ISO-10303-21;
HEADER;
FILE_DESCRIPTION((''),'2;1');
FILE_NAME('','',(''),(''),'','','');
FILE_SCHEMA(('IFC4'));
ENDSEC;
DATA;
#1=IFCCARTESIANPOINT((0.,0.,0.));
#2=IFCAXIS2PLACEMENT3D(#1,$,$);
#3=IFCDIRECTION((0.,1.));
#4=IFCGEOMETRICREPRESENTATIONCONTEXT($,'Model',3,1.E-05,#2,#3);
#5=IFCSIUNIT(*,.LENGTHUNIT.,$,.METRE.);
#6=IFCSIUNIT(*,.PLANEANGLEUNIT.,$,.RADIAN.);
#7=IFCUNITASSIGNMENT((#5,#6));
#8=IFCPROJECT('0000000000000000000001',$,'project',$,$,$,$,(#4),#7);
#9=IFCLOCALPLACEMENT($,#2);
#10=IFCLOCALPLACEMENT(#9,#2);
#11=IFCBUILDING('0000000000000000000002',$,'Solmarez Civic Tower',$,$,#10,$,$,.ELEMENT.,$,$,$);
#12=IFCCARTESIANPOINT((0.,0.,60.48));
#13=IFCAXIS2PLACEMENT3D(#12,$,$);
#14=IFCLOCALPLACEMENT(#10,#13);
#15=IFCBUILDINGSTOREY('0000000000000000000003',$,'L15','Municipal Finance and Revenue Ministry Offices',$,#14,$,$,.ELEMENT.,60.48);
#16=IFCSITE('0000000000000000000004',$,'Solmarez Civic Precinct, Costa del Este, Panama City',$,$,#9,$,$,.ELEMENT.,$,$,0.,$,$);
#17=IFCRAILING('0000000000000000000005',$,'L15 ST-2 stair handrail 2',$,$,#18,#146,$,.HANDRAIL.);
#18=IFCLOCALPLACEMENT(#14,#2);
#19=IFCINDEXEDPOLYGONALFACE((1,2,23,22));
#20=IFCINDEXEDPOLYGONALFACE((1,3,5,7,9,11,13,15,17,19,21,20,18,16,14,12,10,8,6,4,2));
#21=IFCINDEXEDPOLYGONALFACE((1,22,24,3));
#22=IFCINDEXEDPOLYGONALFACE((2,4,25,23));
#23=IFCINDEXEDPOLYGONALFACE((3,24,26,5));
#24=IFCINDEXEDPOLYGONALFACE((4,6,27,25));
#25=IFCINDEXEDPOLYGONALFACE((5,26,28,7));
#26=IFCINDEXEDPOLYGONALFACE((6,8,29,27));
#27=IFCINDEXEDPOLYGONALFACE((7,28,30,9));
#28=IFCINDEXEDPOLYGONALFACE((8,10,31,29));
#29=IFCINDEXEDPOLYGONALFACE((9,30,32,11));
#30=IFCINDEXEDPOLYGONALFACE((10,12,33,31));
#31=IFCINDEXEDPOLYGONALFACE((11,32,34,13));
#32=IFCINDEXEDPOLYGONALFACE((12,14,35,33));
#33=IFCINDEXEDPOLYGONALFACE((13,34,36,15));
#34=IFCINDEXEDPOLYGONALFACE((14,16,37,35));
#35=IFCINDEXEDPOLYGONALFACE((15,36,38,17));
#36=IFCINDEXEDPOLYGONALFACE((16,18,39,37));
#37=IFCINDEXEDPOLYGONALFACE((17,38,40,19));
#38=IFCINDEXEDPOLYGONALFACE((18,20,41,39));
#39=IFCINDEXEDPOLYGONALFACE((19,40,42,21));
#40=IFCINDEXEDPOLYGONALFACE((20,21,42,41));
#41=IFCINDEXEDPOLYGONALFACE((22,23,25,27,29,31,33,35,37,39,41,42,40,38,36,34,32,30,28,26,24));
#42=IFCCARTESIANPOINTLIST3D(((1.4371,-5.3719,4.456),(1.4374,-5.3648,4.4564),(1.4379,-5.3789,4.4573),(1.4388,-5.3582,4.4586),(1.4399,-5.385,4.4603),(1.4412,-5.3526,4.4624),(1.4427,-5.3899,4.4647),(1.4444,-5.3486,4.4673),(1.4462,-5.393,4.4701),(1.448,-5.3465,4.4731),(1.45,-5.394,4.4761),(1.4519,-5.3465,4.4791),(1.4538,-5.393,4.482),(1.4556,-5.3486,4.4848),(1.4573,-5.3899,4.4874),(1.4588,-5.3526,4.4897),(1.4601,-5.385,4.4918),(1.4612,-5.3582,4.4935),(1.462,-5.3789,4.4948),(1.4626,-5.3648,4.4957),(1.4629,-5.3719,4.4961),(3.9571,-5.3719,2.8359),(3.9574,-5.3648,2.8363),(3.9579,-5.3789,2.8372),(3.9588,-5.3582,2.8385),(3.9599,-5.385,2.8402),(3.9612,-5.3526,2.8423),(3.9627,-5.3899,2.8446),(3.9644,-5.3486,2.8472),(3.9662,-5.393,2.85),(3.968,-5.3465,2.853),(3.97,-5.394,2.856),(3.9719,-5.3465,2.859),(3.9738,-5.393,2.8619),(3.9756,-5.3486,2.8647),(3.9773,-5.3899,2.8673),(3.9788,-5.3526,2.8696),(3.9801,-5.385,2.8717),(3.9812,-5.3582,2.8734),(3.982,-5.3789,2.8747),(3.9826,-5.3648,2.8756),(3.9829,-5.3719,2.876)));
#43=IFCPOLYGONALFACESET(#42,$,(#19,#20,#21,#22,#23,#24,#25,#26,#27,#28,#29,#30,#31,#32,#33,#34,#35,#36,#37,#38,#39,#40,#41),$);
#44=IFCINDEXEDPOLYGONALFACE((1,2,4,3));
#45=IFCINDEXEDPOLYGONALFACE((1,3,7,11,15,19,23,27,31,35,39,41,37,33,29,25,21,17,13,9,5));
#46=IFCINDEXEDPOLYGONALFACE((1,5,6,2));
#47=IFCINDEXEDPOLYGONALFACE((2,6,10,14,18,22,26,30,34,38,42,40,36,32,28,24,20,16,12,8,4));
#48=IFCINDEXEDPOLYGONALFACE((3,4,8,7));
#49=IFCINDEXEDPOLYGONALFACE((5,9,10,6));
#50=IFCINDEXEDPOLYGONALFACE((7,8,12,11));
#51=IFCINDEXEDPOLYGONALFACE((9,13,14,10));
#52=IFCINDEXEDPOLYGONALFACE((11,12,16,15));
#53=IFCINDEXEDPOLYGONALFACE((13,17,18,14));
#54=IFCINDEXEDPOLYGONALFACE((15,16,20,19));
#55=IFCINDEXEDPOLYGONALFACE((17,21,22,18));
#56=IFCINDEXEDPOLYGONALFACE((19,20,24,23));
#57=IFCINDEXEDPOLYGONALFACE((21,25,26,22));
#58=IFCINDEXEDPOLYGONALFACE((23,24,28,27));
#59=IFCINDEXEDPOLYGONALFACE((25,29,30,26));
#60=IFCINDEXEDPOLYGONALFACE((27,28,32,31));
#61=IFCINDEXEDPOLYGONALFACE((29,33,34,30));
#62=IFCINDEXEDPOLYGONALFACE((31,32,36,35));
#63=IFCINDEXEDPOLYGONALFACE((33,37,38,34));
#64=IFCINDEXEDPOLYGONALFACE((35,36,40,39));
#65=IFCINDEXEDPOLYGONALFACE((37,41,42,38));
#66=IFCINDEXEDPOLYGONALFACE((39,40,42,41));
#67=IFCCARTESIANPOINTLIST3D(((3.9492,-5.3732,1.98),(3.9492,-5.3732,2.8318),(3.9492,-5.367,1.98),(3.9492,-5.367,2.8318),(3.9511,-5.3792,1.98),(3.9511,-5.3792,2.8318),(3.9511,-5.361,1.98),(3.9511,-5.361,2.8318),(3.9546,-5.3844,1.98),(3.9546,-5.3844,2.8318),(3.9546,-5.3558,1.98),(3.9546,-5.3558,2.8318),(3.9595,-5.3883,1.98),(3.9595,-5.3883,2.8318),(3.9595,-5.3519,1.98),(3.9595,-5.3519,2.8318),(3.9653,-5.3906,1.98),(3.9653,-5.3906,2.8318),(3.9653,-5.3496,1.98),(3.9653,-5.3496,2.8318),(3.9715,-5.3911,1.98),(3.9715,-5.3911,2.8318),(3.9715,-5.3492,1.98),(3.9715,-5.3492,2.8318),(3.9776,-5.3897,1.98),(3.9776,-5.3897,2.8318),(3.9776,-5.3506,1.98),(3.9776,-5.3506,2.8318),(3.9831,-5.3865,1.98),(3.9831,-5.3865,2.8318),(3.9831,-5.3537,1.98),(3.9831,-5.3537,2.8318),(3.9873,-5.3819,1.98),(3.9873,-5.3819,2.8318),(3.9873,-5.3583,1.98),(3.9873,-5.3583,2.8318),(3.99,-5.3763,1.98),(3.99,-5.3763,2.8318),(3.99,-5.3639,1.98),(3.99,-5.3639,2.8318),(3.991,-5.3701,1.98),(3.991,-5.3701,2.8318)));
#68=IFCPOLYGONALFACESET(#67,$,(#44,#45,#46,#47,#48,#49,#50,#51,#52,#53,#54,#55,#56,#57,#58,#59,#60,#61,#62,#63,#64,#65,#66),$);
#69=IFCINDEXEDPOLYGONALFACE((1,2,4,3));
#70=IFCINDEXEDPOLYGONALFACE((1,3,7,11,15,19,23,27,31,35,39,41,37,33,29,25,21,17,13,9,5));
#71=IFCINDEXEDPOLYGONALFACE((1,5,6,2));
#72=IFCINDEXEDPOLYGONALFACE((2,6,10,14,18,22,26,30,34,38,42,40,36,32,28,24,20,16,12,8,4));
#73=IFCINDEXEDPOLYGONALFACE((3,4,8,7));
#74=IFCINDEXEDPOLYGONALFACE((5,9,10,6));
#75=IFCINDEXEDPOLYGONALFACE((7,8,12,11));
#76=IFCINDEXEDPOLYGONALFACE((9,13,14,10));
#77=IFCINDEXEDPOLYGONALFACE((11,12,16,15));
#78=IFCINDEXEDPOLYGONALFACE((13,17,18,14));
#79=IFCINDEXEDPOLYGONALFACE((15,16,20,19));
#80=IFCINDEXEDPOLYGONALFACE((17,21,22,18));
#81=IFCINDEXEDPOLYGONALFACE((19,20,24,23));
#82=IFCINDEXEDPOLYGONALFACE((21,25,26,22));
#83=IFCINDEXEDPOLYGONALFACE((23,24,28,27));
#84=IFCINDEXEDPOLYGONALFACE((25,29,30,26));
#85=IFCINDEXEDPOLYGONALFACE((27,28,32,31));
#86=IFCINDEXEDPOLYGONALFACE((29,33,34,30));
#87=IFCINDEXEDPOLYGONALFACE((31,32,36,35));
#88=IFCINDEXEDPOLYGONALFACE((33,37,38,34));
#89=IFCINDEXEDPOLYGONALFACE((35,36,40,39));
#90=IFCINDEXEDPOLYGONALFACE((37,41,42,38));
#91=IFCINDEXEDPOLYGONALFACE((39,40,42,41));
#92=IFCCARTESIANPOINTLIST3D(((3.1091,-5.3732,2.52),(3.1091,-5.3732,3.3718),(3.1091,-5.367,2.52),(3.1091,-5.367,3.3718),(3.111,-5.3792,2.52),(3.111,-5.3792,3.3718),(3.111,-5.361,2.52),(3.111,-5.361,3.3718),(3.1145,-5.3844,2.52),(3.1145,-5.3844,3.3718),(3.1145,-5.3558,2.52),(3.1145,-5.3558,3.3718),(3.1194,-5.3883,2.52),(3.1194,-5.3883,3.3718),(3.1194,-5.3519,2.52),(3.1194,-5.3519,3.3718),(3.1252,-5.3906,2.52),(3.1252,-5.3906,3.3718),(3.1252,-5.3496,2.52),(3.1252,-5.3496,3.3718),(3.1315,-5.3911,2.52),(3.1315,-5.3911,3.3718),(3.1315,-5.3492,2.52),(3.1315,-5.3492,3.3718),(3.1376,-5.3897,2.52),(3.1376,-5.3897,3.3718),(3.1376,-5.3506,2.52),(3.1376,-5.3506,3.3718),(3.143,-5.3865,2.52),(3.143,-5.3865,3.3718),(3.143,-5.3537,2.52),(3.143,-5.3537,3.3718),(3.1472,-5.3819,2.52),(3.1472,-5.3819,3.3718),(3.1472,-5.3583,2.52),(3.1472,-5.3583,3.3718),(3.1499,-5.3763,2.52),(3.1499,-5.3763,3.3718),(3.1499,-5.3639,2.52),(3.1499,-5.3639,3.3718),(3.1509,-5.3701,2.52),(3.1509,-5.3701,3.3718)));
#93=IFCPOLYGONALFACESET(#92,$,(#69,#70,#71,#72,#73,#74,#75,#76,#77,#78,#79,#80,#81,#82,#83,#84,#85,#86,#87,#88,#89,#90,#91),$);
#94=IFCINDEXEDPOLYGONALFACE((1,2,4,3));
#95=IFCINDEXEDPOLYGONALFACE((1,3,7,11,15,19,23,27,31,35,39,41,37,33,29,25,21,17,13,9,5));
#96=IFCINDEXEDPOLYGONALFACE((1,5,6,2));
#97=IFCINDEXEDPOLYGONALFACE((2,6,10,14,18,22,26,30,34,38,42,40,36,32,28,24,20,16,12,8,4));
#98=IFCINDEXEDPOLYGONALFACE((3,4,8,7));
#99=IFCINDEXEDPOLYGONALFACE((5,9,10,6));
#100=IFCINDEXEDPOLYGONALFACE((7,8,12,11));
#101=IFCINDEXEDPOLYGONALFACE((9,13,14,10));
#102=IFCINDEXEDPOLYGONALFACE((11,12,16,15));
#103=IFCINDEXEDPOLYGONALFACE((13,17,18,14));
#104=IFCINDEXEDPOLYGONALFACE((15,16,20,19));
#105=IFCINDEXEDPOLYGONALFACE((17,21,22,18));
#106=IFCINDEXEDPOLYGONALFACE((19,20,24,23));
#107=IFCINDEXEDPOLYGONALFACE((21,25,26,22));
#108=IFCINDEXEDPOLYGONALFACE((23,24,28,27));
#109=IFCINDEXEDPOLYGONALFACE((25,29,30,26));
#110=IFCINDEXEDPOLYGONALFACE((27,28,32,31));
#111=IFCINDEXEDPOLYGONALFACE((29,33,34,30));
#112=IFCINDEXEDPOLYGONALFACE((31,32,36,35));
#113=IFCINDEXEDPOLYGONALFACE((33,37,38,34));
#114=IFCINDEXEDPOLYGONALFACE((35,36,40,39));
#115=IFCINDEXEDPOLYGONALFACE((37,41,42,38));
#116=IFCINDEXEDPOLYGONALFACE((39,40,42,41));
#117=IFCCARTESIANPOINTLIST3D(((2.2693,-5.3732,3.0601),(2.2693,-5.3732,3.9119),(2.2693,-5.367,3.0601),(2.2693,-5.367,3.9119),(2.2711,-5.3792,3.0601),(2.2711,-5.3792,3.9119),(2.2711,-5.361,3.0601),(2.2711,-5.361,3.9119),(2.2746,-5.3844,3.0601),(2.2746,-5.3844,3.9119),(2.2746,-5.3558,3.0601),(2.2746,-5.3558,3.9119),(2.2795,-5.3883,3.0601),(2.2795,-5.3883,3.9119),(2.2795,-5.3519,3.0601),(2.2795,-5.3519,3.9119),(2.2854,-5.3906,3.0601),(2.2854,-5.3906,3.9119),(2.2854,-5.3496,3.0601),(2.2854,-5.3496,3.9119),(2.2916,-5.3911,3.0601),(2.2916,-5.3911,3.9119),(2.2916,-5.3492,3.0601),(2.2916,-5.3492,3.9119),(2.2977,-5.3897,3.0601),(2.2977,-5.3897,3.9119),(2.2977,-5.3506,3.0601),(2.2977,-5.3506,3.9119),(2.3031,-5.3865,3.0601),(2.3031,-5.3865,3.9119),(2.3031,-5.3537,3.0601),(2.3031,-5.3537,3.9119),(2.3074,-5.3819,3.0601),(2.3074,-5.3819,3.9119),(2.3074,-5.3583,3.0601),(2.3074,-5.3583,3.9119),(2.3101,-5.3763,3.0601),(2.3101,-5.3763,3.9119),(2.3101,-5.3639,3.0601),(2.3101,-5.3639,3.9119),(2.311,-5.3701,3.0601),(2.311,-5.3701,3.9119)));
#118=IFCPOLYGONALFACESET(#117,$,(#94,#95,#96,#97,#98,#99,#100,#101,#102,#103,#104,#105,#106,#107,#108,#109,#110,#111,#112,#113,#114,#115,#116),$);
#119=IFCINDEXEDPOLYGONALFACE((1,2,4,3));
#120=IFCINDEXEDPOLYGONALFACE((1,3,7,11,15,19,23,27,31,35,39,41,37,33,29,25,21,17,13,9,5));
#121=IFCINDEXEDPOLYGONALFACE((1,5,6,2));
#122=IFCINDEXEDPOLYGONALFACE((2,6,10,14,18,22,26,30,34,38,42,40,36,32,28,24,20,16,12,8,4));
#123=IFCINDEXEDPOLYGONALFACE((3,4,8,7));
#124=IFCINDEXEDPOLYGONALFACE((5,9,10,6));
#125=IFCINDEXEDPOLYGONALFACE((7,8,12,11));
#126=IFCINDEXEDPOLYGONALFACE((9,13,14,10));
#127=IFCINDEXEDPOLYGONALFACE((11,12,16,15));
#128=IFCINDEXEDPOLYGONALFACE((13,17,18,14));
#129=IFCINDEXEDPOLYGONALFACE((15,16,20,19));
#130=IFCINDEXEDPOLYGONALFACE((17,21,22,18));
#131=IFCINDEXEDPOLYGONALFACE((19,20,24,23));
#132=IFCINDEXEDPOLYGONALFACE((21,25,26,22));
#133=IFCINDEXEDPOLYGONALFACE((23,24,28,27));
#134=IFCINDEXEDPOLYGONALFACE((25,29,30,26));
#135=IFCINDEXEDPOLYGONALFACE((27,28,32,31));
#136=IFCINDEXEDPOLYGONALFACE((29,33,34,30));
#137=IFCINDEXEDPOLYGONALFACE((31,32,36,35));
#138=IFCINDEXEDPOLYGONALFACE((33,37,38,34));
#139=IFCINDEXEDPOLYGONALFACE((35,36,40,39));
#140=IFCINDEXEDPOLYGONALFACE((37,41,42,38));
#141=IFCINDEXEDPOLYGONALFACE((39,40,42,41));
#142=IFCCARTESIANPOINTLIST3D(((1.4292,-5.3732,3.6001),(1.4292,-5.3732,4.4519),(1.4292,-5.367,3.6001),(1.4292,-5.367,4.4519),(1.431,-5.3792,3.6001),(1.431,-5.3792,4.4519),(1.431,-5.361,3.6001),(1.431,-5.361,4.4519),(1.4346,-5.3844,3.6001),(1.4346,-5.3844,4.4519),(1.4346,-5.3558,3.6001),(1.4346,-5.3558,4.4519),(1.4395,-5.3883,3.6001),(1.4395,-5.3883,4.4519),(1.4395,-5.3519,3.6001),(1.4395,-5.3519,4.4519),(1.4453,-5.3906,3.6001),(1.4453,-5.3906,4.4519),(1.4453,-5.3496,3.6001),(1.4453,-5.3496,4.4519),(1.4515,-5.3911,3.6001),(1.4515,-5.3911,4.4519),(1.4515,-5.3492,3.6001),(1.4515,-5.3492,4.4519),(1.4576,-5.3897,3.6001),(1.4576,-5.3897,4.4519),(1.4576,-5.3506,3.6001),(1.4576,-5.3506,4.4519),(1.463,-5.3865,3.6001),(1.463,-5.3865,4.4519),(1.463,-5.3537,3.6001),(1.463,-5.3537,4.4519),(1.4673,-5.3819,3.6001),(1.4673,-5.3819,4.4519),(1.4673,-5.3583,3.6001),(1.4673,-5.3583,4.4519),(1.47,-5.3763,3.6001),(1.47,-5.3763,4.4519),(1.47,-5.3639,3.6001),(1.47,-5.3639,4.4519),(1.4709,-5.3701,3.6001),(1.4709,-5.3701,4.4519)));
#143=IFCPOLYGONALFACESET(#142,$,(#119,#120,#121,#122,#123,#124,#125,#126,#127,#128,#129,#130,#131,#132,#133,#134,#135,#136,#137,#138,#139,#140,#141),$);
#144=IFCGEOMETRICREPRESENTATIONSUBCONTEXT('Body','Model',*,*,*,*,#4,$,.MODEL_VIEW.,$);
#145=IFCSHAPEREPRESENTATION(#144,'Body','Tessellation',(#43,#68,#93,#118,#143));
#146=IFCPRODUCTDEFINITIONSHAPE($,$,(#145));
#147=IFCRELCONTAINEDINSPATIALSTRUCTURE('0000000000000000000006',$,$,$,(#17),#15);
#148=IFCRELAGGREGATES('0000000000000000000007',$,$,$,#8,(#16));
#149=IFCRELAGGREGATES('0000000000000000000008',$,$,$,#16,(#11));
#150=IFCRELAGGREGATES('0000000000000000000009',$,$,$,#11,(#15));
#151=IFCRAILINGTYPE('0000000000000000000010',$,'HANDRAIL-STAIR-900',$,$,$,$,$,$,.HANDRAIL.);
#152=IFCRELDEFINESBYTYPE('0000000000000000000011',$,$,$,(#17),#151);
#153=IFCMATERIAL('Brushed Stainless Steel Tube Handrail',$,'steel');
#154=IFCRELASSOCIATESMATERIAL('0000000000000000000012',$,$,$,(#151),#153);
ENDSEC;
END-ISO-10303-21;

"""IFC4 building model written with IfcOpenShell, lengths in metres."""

from ifc_helpers import new_model, si_unit, direction, frame, origin, origin_2d, place, context, subcontext, project, spatial, circle, extrude, material, type_object, element, save


model = new_model("IFC4")

# Units and contexts
model_context = context("Model", 3, precision=1e-05, world=origin(), true_north=direction((0.0, 1.0)))
body_context = subcontext(model_context, "Body", "Model", "MODEL_VIEW")
ifc_project = project(units=[si_unit("LENGTHUNIT", "METRE"), si_unit("PLANEANGLEUNIT", "RADIAN")], contexts=[model_context])

# Site, building, storey
site_placement = place(None, origin())
site = spatial("IfcSite", under=ifc_project, at=site_placement, Name="Solmarez Civic Precinct, Costa del Este, Panama City", CompositionType="ELEMENT", RefElevation=0.0)
building_placement = place(site_placement, origin())
building = spatial("IfcBuilding", under=site, at=building_placement, Name="Solmarez Civic Tower", CompositionType="ELEMENT")
storey_placement = place(building_placement, frame((0.0, 0.0, 60.48)))
storey = spatial("IfcBuildingStorey", under=building, at=storey_placement, Name="L15", Description="Municipal Finance and Revenue Ministry Offices", CompositionType="ELEMENT", Elevation=60.48)

# Railing
ifc_material_1 = material(Name="Brushed Stainless Steel Tube Handrail", Category="steel")
railing_type_1 = type_object("IfcRailingType", Name="HANDRAIL-STAIR-900", PredefinedType="HANDRAIL", material=ifc_material_1)
railing_1_placement = place(storey_placement, frame((3.97, -5.3701, 1.98)))
element("IfcRailing", 1, at=railing_1_placement, inside=storey, type_object=railing_type_1, Name="L15 ST-2 stair handrail 2", PredefinedType="HANDRAIL", context=body_context, shape_type="SweptSolid", body=[
    extrude(circle(Radius=0.0239, at=origin_2d()), frame((0.0, 0.0, 0.876), z_axis=(-0.841163, 0.0, 0.540782), x_axis=(0.0, -1.0, 0.0)), (0.0, 0.0, 1.0), 2.9958),
    extrude(circle(Radius=0.021, at=origin_2d()), origin(), (0.0, 0.0, 1.0), 0.8518),
    extrude(circle(Radius=0.021, at=origin_2d()), frame((-0.8401, 0.0, 0.54)), (0.0, 0.0, 1.0), 0.8518),
    extrude(circle(Radius=0.021, at=origin_2d()), frame((-1.6799, 0.0, 1.0801)), (0.0, 0.0, 1.0), 0.8518),
    extrude(circle(Radius=0.021, at=origin_2d()), frame((-2.52, 0.0, 1.6201)), (0.0, 0.0, 1.0), 0.8518),
])

save(model, "model.ifc")
